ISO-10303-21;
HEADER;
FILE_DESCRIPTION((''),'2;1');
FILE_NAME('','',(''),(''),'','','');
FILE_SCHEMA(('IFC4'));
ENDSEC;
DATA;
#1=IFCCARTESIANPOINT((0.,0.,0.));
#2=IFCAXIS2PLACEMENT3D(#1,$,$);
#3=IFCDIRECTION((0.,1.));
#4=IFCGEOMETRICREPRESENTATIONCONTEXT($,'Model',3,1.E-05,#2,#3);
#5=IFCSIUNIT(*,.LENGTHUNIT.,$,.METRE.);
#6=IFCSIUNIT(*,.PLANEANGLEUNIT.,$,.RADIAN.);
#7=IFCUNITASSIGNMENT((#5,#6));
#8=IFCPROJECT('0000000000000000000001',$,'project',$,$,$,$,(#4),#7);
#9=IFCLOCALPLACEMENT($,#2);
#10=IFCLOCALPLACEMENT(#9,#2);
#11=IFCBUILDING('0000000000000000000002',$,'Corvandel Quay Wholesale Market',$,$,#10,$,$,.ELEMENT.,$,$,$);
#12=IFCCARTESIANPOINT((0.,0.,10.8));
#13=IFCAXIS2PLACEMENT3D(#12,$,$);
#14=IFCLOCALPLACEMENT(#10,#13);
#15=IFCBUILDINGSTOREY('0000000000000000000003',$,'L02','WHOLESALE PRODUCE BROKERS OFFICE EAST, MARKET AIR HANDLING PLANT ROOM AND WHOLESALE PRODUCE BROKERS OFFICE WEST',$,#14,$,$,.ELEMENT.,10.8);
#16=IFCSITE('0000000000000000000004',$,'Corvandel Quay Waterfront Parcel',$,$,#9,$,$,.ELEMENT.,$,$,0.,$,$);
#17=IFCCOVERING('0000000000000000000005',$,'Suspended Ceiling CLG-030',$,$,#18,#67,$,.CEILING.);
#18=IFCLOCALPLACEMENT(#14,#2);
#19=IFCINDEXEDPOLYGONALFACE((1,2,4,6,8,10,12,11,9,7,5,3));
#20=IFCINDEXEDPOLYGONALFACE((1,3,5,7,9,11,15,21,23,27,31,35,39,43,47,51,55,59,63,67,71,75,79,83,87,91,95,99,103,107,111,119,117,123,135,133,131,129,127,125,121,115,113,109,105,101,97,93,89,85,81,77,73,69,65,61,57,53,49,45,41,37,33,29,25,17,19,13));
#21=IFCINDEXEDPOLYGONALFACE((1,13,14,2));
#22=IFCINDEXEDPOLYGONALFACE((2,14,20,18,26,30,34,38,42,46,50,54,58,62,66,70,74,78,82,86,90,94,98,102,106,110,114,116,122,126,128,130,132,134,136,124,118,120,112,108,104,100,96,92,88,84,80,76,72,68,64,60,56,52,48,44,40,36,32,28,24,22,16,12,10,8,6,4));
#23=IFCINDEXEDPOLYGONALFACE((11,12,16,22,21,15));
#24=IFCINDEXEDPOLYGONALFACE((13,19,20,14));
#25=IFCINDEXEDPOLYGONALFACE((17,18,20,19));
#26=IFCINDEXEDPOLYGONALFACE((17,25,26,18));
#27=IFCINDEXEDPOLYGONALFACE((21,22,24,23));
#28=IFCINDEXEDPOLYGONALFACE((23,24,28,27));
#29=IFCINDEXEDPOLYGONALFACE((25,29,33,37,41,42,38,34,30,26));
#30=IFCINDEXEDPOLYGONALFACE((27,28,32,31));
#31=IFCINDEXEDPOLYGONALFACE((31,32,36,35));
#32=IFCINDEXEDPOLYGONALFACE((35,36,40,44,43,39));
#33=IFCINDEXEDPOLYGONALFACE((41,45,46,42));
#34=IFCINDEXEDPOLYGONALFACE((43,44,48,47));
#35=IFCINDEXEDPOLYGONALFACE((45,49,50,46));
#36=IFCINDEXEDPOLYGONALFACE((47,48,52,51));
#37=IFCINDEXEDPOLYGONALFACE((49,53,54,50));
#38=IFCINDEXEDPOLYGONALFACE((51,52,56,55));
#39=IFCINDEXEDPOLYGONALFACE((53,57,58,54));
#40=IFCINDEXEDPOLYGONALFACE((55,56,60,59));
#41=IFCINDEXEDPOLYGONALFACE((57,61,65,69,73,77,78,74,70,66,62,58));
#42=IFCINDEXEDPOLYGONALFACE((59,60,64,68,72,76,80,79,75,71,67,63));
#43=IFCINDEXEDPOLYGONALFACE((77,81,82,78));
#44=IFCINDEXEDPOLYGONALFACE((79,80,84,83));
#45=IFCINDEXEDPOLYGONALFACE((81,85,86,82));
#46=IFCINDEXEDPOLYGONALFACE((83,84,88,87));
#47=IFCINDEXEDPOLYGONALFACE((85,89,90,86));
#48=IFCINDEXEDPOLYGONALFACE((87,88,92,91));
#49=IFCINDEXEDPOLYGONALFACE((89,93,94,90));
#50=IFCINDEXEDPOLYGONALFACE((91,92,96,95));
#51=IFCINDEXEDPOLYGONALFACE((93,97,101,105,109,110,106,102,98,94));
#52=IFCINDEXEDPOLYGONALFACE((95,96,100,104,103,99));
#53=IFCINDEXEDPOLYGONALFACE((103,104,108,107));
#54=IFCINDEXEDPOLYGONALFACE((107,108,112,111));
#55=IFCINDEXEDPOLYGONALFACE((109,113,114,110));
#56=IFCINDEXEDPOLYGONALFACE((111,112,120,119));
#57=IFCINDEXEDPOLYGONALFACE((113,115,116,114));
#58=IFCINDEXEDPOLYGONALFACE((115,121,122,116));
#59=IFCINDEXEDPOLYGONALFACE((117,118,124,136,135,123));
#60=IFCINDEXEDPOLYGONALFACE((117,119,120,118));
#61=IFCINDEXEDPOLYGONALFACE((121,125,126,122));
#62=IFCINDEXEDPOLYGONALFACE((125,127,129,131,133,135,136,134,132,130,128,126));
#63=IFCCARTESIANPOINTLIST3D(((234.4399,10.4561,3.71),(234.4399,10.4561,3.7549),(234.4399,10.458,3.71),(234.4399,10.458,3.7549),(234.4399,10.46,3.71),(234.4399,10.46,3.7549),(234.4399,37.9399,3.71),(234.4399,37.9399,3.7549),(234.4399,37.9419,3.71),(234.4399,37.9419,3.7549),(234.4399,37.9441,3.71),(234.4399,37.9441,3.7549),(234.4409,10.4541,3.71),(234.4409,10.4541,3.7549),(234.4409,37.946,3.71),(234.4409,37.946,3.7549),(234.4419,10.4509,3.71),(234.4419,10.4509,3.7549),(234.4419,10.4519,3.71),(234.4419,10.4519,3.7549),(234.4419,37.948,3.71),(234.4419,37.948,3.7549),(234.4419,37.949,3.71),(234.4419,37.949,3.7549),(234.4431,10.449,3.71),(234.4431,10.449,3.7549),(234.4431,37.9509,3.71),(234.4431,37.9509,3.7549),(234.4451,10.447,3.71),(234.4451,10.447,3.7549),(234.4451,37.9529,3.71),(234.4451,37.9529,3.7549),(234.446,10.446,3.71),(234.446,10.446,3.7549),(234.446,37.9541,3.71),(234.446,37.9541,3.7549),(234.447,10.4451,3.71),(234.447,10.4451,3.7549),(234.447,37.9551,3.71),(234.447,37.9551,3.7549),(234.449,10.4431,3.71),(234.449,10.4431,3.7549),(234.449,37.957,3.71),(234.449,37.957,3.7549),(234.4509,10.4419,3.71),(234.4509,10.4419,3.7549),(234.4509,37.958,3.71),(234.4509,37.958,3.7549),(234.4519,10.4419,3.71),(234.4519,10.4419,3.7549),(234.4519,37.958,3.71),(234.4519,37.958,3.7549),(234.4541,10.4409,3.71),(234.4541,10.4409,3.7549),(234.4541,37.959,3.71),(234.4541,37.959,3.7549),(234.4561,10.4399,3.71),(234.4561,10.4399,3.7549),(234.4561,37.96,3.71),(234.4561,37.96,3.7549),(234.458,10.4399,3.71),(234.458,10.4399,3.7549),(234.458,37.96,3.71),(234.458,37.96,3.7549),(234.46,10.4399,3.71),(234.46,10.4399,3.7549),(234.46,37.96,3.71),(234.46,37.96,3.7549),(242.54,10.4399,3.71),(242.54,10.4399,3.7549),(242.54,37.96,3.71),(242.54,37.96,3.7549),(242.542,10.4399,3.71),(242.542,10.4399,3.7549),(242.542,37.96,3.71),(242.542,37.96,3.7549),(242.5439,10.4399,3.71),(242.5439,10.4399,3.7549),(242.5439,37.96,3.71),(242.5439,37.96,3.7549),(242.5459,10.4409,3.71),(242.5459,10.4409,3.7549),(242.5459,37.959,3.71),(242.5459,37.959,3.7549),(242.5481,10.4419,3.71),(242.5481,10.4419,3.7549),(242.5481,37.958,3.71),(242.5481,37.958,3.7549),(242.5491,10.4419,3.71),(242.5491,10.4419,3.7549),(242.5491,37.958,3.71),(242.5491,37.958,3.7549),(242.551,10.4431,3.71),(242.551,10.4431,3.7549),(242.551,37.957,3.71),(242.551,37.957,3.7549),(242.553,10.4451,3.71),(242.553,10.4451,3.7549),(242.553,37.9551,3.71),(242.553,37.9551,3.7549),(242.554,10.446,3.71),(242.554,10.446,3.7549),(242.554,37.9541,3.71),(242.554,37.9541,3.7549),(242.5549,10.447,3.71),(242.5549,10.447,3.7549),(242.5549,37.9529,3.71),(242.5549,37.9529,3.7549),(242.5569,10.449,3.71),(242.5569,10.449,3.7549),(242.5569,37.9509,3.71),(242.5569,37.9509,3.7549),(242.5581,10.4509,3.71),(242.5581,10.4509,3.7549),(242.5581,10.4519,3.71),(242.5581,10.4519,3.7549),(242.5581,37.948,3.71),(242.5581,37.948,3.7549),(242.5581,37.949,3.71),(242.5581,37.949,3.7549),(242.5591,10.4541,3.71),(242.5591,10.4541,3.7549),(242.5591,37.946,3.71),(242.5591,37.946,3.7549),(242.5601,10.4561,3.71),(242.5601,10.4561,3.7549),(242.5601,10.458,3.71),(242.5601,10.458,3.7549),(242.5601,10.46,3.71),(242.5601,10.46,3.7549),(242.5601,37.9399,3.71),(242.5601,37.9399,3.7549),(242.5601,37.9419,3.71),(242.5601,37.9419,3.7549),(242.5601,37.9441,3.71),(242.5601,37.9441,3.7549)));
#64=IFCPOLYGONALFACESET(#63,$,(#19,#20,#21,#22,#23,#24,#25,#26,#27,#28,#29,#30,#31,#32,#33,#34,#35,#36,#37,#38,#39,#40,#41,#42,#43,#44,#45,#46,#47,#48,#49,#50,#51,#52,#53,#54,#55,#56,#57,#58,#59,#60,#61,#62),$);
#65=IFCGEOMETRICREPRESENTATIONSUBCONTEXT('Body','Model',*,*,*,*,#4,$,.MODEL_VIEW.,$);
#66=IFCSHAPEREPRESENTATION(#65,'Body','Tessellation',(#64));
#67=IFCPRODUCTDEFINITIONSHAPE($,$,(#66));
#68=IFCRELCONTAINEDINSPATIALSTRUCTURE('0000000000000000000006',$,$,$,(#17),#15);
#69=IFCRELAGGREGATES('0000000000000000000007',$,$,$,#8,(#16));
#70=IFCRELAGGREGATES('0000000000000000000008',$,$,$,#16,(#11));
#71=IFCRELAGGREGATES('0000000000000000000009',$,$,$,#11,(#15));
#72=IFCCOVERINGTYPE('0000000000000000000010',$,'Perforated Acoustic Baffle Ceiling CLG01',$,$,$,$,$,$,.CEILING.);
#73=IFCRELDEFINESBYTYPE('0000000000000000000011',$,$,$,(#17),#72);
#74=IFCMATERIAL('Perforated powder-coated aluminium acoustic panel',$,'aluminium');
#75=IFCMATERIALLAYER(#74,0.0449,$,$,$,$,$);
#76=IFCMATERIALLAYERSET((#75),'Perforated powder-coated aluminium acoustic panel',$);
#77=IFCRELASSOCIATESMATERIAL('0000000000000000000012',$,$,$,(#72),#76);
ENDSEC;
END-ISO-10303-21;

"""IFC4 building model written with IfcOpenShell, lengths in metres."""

from ifc_helpers import new_model, si_unit, direction, frame, origin, place, context, subcontext, project, spatial, polyline, outline, extrude, material, layer, layer_set, type_object, element, save


model = new_model("IFC4")

# Units and contexts
model_context = context("Model", 3, precision=1e-05, world=origin(), true_north=direction((0.0, 1.0)))
body_context = subcontext(model_context, "Body", "Model", "MODEL_VIEW")
ifc_project = project(units=[si_unit("LENGTHUNIT", "METRE"), si_unit("PLANEANGLEUNIT", "RADIAN")], contexts=[model_context])

# Site, building, storey
site_placement = place(None, origin())
site = spatial("IfcSite", under=ifc_project, at=site_placement, Name="Corvandel Quay Waterfront Parcel", CompositionType="ELEMENT", RefElevation=0.0)
building_placement = place(site_placement, origin())
building = spatial("IfcBuilding", under=site, at=building_placement, Name="Corvandel Quay Wholesale Market", CompositionType="ELEMENT")
storey_placement = place(building_placement, frame((0.0, 0.0, 10.8)))
storey = spatial("IfcBuildingStorey", under=building, at=storey_placement, Name="L02", Description="WHOLESALE PRODUCE BROKERS OFFICE EAST, MARKET AIR HANDLING PLANT ROOM AND WHOLESALE PRODUCE BROKERS OFFICE WEST", CompositionType="ELEMENT", Elevation=10.8)

# Covering
ifc_material_1 = material(Name="Perforated powder-coated aluminium acoustic panel", Category="aluminium")
ifc_layer_1 = layer(ifc_material_1, 0.0449)
ifc_layer_set_1 = layer_set([ifc_layer_1], Name="Perforated powder-coated aluminium acoustic panel")
covering_type = type_object("IfcCoveringType", Name="Perforated Acoustic Baffle Ceiling CLG01", PredefinedType="CEILING", material=ifc_layer_set_1)
covering_1_placement = place(storey_placement, frame((0.0, 0.0, 3.71)))
element("IfcCovering", 1, at=covering_1_placement, inside=storey, type_object=covering_type, Name="Suspended Ceiling CLG-030", PredefinedType="CEILING", context=body_context, shape_type="SweptSolid", body=[
    extrude(outline(polyline([(234.458, 10.4399), (234.4561, 10.4399), (234.4541, 10.4409), (234.4519, 10.4419), (234.4509, 10.4419), (234.449, 10.4431), (234.447, 10.4451), (234.446, 10.446), (234.4451, 10.447), (234.4431, 10.449), (234.4419, 10.4509), (234.4419, 10.4519), (234.4409, 10.4541), (234.4399, 10.4561), (234.4399, 10.458), (234.4399, 10.46), (234.4399, 37.9399), (234.4399, 37.9419), (234.4399, 37.9441), (234.4409, 37.946), (234.4419, 37.948), (234.4419, 37.949), (234.4431, 37.9509), (234.4451, 37.9529), (234.446, 37.9541), (234.447, 37.9551), (234.449, 37.957), (234.4509, 37.958), (234.4519, 37.958), (234.4541, 37.959), (234.4561, 37.96), (234.458, 37.96), (234.46, 37.96), (242.54, 37.96), (242.542, 37.96), (242.5439, 37.96), (242.5459, 37.959), (242.5481, 37.958), (242.5491, 37.958), (242.551, 37.957), (242.553, 37.9551), (242.554, 37.9541), (242.5549, 37.9529), (242.5569, 37.9509), (242.5581, 37.949), (242.5581, 37.948), (242.5591, 37.946), (242.5601, 37.9441), (242.5601, 37.9419), (242.5601, 37.9399), (242.5601, 10.46), (242.5601, 10.458), (242.5601, 10.4561), (242.5591, 10.4541), (242.5581, 10.4519), (242.5581, 10.4509), (242.5569, 10.449), (242.5549, 10.447), (242.554, 10.446), (242.553, 10.4451), (242.551, 10.4431), (242.5491, 10.4419), (242.5481, 10.4419), (242.5459, 10.4409), (242.5439, 10.4399), (242.542, 10.4399), (242.54, 10.4399), (234.46, 10.4399), (234.458, 10.4399)])), origin(), (0.0, 0.0, 1.0), 0.0449),
])

save(model, "model.ifc")
